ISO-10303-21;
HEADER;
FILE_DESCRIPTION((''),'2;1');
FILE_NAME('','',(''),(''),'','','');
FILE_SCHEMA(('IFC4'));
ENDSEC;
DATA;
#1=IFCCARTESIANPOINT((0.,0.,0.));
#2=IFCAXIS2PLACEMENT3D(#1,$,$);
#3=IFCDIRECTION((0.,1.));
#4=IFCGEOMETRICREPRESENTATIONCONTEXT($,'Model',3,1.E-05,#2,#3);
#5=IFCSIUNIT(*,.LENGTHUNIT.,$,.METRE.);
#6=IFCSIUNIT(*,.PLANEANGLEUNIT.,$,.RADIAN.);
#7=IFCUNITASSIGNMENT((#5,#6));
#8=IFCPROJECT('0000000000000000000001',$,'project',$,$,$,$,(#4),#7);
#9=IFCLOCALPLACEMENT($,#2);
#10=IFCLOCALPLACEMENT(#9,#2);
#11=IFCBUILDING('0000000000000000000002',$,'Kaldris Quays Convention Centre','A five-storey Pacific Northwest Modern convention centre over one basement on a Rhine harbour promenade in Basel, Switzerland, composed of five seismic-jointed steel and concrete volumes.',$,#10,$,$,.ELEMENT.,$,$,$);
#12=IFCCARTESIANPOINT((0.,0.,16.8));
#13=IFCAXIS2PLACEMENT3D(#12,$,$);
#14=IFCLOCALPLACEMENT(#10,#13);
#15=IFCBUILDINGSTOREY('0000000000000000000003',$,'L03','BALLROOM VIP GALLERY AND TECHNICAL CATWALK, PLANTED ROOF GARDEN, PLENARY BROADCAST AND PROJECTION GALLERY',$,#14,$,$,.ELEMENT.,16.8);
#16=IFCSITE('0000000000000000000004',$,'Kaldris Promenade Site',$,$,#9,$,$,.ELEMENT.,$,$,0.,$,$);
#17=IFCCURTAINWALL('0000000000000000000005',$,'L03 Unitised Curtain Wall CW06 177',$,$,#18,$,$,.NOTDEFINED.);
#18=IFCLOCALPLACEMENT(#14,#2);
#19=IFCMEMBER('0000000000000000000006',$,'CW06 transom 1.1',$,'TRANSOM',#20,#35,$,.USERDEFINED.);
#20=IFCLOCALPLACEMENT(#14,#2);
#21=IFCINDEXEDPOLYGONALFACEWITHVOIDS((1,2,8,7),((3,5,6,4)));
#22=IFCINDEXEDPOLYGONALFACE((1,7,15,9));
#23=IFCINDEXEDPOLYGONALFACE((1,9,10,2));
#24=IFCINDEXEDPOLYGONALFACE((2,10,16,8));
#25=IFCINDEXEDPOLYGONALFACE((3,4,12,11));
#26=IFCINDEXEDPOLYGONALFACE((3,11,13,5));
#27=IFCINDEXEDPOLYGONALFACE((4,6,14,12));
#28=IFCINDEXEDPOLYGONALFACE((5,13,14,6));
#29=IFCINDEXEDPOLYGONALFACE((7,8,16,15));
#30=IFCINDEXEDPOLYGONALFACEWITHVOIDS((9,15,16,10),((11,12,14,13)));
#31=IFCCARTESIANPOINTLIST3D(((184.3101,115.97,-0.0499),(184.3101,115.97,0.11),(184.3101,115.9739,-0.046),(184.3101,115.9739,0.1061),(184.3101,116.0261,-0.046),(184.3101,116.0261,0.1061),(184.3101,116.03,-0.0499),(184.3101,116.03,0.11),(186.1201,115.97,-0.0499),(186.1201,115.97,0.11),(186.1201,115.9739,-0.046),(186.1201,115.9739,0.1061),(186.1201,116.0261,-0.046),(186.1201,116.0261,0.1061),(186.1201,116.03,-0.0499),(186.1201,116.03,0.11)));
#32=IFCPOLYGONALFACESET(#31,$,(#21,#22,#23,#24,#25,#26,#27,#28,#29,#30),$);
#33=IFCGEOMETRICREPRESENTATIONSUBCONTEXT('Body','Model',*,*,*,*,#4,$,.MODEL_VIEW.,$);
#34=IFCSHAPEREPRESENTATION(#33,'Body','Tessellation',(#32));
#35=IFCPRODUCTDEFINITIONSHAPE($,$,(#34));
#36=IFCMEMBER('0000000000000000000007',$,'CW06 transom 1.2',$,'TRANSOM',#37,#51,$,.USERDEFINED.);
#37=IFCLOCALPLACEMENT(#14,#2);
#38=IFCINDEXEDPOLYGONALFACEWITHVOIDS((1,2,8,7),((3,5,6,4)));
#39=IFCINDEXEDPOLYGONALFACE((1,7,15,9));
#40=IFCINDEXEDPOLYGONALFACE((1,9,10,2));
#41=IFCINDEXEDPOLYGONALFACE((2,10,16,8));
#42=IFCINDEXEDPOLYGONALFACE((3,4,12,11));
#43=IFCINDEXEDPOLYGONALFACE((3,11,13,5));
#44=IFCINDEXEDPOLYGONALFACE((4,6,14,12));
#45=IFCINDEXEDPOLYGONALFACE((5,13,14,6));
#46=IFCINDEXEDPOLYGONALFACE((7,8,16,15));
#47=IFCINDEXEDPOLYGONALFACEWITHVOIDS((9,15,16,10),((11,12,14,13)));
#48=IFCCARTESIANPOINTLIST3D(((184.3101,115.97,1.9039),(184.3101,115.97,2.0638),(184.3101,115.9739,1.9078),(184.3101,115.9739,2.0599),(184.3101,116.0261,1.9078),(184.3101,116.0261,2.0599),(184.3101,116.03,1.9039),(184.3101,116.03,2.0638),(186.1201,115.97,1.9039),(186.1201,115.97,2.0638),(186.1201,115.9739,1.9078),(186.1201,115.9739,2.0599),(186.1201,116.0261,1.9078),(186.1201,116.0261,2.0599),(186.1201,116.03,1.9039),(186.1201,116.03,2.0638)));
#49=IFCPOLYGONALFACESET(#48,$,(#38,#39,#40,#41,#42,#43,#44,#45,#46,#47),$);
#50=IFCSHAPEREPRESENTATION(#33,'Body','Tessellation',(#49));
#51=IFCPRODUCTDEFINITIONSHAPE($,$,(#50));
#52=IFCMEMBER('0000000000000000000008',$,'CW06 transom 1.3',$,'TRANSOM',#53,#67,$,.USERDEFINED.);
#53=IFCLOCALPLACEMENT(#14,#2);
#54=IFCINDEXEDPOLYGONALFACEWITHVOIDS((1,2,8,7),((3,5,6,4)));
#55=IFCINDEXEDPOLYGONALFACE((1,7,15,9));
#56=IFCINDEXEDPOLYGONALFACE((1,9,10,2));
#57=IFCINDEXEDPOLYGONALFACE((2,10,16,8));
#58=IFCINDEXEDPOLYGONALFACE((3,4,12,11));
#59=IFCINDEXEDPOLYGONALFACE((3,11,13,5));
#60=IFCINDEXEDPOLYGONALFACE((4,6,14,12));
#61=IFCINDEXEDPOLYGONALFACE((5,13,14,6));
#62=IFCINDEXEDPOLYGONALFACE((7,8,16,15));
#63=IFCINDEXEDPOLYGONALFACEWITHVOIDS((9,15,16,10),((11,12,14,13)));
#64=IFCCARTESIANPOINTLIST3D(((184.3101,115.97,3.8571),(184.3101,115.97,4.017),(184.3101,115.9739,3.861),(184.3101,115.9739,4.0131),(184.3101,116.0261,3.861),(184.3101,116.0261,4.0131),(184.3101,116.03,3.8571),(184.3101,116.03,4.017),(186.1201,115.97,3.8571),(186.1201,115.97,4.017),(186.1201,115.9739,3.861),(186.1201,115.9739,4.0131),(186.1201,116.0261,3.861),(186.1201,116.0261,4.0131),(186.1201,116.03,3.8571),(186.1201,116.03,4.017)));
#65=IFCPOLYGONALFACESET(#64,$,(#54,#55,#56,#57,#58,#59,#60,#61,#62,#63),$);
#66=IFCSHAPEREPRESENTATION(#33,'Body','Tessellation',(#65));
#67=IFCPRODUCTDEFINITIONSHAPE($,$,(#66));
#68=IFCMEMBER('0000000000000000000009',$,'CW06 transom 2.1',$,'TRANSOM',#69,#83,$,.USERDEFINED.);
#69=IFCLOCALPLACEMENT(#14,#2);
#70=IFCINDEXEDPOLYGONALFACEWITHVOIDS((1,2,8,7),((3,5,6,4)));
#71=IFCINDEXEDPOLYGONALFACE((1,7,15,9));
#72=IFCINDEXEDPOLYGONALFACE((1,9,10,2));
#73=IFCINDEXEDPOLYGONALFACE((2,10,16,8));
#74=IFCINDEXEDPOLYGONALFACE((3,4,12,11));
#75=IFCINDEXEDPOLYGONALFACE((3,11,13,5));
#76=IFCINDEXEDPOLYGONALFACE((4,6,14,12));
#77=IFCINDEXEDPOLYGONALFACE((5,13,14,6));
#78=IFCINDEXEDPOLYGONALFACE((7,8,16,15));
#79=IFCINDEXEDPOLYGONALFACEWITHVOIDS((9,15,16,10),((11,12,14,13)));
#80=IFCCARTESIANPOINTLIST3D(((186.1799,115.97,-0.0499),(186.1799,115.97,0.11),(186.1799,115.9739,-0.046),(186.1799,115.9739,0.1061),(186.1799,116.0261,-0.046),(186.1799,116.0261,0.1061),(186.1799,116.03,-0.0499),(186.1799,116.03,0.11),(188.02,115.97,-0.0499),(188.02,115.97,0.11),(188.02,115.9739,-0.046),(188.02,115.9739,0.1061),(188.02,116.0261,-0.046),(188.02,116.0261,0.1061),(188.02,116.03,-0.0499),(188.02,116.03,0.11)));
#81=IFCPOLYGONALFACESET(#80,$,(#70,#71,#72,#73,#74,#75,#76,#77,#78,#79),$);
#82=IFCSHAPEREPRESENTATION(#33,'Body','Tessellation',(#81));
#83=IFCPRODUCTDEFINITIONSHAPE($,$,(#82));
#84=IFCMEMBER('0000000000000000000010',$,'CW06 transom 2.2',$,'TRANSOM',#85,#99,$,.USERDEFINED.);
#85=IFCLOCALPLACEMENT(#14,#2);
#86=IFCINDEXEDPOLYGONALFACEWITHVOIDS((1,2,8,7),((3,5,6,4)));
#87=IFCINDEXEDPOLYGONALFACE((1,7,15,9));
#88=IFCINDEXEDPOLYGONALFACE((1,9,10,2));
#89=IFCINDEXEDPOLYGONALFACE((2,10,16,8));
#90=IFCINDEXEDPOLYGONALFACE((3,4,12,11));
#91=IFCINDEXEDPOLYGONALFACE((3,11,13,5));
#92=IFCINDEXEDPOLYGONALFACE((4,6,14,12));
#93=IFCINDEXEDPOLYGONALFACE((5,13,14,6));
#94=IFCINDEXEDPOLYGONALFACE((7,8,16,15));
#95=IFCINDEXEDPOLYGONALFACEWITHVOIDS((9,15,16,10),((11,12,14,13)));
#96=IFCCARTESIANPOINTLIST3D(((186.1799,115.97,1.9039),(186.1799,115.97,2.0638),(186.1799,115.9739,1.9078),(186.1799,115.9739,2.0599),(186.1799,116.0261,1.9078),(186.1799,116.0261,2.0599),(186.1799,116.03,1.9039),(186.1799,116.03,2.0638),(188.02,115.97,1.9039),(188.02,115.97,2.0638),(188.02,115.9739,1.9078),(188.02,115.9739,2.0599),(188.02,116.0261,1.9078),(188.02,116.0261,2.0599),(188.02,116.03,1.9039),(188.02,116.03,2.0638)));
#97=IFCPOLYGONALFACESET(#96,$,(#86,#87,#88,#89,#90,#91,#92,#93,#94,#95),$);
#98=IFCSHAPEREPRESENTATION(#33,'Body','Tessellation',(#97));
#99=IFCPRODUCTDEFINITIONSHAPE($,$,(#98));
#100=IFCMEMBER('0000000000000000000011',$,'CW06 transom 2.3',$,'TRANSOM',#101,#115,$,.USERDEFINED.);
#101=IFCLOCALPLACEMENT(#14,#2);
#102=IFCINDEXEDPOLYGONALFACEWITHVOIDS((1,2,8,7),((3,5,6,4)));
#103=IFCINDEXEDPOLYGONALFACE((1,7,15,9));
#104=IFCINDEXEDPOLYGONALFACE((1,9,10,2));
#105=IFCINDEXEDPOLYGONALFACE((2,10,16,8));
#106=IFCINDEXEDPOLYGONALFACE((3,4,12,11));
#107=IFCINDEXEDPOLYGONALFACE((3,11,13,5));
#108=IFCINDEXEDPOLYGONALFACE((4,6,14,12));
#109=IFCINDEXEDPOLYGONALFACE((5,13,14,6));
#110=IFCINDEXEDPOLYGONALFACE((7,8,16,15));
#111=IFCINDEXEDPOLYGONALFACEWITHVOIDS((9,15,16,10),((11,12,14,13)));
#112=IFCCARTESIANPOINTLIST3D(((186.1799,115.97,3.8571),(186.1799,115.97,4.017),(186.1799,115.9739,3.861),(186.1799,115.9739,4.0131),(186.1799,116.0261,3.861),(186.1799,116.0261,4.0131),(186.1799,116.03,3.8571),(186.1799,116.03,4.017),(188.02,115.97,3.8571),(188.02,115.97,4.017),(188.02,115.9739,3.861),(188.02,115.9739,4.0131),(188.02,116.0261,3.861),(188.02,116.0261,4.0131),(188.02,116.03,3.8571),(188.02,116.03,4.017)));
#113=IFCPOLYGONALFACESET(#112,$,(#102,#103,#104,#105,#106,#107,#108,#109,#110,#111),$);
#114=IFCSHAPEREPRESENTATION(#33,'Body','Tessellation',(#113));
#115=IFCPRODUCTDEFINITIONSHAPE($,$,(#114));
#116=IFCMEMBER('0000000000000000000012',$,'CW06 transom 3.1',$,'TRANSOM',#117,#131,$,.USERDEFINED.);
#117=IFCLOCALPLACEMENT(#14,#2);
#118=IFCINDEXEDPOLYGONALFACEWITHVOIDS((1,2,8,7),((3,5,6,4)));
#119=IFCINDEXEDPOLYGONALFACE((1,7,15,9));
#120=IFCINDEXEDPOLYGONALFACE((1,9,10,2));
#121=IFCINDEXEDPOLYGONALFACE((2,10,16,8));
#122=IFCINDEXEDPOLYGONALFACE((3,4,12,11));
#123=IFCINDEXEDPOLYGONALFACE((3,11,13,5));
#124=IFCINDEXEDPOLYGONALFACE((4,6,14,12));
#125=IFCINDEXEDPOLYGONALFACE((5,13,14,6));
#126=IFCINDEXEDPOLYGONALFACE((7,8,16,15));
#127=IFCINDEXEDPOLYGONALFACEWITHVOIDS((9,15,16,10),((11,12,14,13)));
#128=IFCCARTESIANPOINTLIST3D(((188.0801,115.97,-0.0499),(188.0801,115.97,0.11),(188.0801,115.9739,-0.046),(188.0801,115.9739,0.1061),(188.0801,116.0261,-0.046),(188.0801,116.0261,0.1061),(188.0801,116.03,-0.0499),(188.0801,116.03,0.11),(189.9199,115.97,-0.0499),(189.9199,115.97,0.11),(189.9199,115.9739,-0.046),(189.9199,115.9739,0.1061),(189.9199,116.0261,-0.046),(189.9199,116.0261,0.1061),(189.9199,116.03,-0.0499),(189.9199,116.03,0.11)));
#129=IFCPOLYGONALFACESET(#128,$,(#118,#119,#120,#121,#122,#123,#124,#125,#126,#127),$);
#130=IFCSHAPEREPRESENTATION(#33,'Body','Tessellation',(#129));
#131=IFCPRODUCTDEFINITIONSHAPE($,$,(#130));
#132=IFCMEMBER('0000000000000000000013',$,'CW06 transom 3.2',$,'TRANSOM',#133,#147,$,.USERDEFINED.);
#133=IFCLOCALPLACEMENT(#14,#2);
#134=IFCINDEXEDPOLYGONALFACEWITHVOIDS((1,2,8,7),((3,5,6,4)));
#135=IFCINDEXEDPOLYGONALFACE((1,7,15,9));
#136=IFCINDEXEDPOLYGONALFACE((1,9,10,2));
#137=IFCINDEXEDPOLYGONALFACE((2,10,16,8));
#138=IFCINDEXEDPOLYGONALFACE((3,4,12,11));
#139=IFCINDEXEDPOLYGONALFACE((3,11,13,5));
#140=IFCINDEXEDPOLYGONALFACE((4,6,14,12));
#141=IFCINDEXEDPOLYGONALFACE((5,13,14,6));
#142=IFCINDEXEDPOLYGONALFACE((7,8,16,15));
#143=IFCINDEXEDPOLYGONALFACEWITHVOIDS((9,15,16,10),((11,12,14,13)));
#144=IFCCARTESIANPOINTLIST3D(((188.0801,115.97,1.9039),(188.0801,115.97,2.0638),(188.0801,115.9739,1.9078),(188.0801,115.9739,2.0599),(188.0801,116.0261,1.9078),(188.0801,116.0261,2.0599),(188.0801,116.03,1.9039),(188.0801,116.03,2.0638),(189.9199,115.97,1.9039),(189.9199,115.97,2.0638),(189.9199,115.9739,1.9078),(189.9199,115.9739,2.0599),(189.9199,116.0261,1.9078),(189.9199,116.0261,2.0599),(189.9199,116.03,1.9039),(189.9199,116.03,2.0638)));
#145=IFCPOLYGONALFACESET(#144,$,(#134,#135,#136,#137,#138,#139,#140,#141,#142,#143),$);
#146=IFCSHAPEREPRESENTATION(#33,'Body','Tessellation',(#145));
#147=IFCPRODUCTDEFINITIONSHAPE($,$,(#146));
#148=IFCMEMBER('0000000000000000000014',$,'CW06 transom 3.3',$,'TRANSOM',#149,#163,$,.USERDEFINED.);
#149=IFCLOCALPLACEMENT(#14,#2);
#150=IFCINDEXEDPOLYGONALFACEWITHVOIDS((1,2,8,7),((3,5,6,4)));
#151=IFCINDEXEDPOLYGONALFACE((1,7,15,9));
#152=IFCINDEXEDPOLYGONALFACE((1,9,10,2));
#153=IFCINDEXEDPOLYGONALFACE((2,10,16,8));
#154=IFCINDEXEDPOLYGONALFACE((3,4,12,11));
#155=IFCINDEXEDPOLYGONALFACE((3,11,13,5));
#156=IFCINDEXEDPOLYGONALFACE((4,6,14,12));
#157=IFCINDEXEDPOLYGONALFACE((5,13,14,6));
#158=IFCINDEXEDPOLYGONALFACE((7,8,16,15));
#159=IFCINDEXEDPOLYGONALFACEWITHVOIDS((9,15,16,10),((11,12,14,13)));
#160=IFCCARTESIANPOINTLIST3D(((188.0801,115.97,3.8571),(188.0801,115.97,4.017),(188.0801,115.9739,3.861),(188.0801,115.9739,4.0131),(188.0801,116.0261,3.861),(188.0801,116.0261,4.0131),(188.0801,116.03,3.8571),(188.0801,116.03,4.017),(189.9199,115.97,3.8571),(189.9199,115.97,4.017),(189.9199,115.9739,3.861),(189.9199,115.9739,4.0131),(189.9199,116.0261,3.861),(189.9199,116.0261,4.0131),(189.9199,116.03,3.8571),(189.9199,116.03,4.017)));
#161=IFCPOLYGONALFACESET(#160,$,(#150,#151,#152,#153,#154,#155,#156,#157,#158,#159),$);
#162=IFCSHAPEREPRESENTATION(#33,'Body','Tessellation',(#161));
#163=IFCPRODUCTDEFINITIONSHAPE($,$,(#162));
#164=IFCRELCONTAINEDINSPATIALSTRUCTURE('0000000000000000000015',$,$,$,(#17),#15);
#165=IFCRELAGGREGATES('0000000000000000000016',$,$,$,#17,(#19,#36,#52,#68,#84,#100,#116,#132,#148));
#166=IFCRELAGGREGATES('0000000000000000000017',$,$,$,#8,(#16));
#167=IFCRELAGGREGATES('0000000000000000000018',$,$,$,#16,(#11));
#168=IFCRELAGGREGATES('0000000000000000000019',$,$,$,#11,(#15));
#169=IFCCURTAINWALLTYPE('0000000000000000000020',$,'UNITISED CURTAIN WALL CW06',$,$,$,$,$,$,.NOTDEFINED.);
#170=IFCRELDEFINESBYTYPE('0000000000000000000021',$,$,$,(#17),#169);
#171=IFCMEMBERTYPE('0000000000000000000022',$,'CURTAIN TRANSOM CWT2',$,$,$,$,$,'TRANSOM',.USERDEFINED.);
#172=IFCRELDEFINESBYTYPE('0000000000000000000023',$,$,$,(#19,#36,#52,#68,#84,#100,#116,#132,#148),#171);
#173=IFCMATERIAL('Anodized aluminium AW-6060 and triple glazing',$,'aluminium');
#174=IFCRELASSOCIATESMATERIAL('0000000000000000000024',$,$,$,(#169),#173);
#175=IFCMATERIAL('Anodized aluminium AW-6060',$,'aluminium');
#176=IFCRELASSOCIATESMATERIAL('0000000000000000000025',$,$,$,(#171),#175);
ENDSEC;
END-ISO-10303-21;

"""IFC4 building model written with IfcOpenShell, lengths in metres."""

from ifc_helpers import new_model, si_unit, direction, frame, origin, origin_2d, place, context, subcontext, project, spatial, hollow_rectangle, extrude, material, material_profile, profile_set, type_object, element, aggregate, save


model = new_model("IFC4")

# Units and contexts
model_context = context("Model", 3, precision=1e-05, world=origin(), true_north=direction((0.0, 1.0)))
body_context = subcontext(model_context, "Body", "Model", "MODEL_VIEW")
ifc_project = project(units=[si_unit("LENGTHUNIT", "METRE"), si_unit("PLANEANGLEUNIT", "RADIAN")], contexts=[model_context])

# Site, building, storey
site_placement = place(None, origin())
site = spatial("IfcSite", under=ifc_project, at=site_placement, Name="Kaldris Promenade Site", CompositionType="ELEMENT", RefElevation=0.0)
building_placement = place(site_placement, origin())
building = spatial("IfcBuilding", under=site, at=building_placement, Name="Kaldris Quays Convention Centre", Description="A five-storey Pacific Northwest Modern convention centre over one basement on a Rhine harbour promenade in Basel, Switzerland, composed of five seismic-jointed steel and concrete volumes.", CompositionType="ELEMENT")
storey_placement = place(building_placement, frame((0.0, 0.0, 16.8)))
storey = spatial("IfcBuildingStorey", under=building, at=storey_placement, Name="L03", Description="BALLROOM VIP GALLERY AND TECHNICAL CATWALK, PLANTED ROOF GARDEN, PLENARY BROADCAST AND PROJECTION GALLERY", CompositionType="ELEMENT", Elevation=16.8)

# Curtain wall
ifc_material_1 = material(Name="Anodized aluminium AW-6060 and triple glazing", Category="aluminium")
curtain_wall_type = type_object("IfcCurtainWallType", Name="UNITISED CURTAIN WALL CW06", PredefinedType="NOTDEFINED", material=ifc_material_1)
ifc_material_2 = material(Name="Anodized aluminium AW-6060", Category="aluminium")
curtain_wall_1_placement = place(storey_placement, origin())
curtain_wall_1 = element("IfcCurtainWall", 1, at=curtain_wall_1_placement, inside=storey, type_object=curtain_wall_type, Name="L03 Unitised Curtain Wall CW06 177", PredefinedType="NOTDEFINED")

# Members
ifc_material_profile_1 = material_profile(ifc_material_2, hollow_rectangle(XDim=0.0601, YDim=0.1599, WallThickness=0.0039, at=origin_2d()), Name="RHS 160x60x4")
ifc_profile_set_1 = profile_set([ifc_material_profile_1], Name="Anodized aluminium AW-6060")
member_type_1 = type_object("IfcMemberType", Name="CURTAIN TRANSOM CWT2", ElementType="TRANSOM", PredefinedType="USERDEFINED", material=ifc_profile_set_1)
member_1_placement = place(storey_placement, frame((184.3101, 116.0, 0.03), z_axis=(1.0, 0.0, 0.0), x_axis=(0.0, 1.0, 0.0)))
member_1 = element("IfcMember", 2, at=member_1_placement, type_object=member_type_1, Name="CW06 transom 1.1", ObjectType="TRANSOM", PredefinedType="USERDEFINED", context=body_context, shape_type="SweptSolid", body=[
    extrude(hollow_rectangle(XDim=0.0601, YDim=0.1599, WallThickness=0.0039, at=origin_2d()), origin(), (0.0, 0.0, 1.0), 1.8101),
])
member_2_placement = place(storey_placement, frame((184.3101, 116.0, 1.9839), z_axis=(1.0, 0.0, 0.0), x_axis=(0.0, 1.0, 0.0)))
member_2 = element("IfcMember", 3, at=member_2_placement, type_object=member_type_1, Name="CW06 transom 1.2", ObjectType="TRANSOM", PredefinedType="USERDEFINED", context=body_context, shape_type="SweptSolid", body=[
    extrude(hollow_rectangle(XDim=0.0601, YDim=0.1599, WallThickness=0.0039, at=origin_2d()), origin(), (0.0, 0.0, 1.0), 1.8101),
])
member_3_placement = place(storey_placement, frame((184.3101, 116.0, 3.937), z_axis=(1.0, 0.0, 0.0), x_axis=(0.0, 1.0, 0.0)))
member_3 = element("IfcMember", 4, at=member_3_placement, type_object=member_type_1, Name="CW06 transom 1.3", ObjectType="TRANSOM", PredefinedType="USERDEFINED", context=body_context, shape_type="SweptSolid", body=[
    extrude(hollow_rectangle(XDim=0.0601, YDim=0.1599, WallThickness=0.0039, at=origin_2d()), origin(), (0.0, 0.0, 1.0), 1.8101),
])
member_4_placement = place(storey_placement, frame((186.1799, 116.0, 0.03), z_axis=(1.0, 0.0, 0.0), x_axis=(0.0, 1.0, 0.0)))
member_4 = element("IfcMember", 5, at=member_4_placement, type_object=member_type_1, Name="CW06 transom 2.1", ObjectType="TRANSOM", PredefinedType="USERDEFINED", context=body_context, shape_type="SweptSolid", body=[
    extrude(hollow_rectangle(XDim=0.0601, YDim=0.1599, WallThickness=0.0039, at=origin_2d()), origin(), (0.0, 0.0, 1.0), 1.8401),
])
member_5_placement = place(storey_placement, frame((186.1799, 116.0, 1.9839), z_axis=(1.0, 0.0, 0.0), x_axis=(0.0, 1.0, 0.0)))
member_5 = element("IfcMember", 6, at=member_5_placement, type_object=member_type_1, Name="CW06 transom 2.2", ObjectType="TRANSOM", PredefinedType="USERDEFINED", context=body_context, shape_type="SweptSolid", body=[
    extrude(hollow_rectangle(XDim=0.0601, YDim=0.1599, WallThickness=0.0039, at=origin_2d()), origin(), (0.0, 0.0, 1.0), 1.8401),
])
member_6_placement = place(storey_placement, frame((186.1799, 116.0, 3.937), z_axis=(1.0, 0.0, 0.0), x_axis=(0.0, 1.0, 0.0)))
member_6 = element("IfcMember", 7, at=member_6_placement, type_object=member_type_1, Name="CW06 transom 2.3", ObjectType="TRANSOM", PredefinedType="USERDEFINED", context=body_context, shape_type="SweptSolid", body=[
    extrude(hollow_rectangle(XDim=0.0601, YDim=0.1599, WallThickness=0.0039, at=origin_2d()), origin(), (0.0, 0.0, 1.0), 1.8401),
])
member_7_placement = place(storey_placement, frame((188.0801, 116.0, 0.03), z_axis=(1.0, 0.0, 0.0), x_axis=(0.0, 1.0, 0.0)))
member_7 = element("IfcMember", 8, at=member_7_placement, type_object=member_type_1, Name="CW06 transom 3.1", ObjectType="TRANSOM", PredefinedType="USERDEFINED", context=body_context, shape_type="SweptSolid", body=[
    extrude(hollow_rectangle(XDim=0.0601, YDim=0.1599, WallThickness=0.0039, at=origin_2d()), origin(), (0.0, 0.0, 1.0), 1.8398),
])
member_8_placement = place(storey_placement, frame((188.0801, 116.0, 1.9839), z_axis=(1.0, 0.0, 0.0), x_axis=(0.0, 1.0, 0.0)))
member_8 = element("IfcMember", 9, at=member_8_placement, type_object=member_type_1, Name="CW06 transom 3.2", ObjectType="TRANSOM", PredefinedType="USERDEFINED", context=body_context, shape_type="SweptSolid", body=[
    extrude(hollow_rectangle(XDim=0.0601, YDim=0.1599, WallThickness=0.0039, at=origin_2d()), origin(), (0.0, 0.0, 1.0), 1.8398),
])
member_9_placement = place(storey_placement, frame((188.0801, 116.0, 3.937), z_axis=(1.0, 0.0, 0.0), x_axis=(0.0, 1.0, 0.0)))
member_9 = element("IfcMember", 10, at=member_9_placement, type_object=member_type_1, Name="CW06 transom 3.3", ObjectType="TRANSOM", PredefinedType="USERDEFINED", context=body_context, shape_type="SweptSolid", body=[
    extrude(hollow_rectangle(XDim=0.0601, YDim=0.1599, WallThickness=0.0039, at=origin_2d()), origin(), (0.0, 0.0, 1.0), 1.8398),
])

aggregate(curtain_wall_1, [member_1, member_2, member_3, member_4, member_5, member_6, member_7, member_8, member_9])

save(model, "model.ifc")
